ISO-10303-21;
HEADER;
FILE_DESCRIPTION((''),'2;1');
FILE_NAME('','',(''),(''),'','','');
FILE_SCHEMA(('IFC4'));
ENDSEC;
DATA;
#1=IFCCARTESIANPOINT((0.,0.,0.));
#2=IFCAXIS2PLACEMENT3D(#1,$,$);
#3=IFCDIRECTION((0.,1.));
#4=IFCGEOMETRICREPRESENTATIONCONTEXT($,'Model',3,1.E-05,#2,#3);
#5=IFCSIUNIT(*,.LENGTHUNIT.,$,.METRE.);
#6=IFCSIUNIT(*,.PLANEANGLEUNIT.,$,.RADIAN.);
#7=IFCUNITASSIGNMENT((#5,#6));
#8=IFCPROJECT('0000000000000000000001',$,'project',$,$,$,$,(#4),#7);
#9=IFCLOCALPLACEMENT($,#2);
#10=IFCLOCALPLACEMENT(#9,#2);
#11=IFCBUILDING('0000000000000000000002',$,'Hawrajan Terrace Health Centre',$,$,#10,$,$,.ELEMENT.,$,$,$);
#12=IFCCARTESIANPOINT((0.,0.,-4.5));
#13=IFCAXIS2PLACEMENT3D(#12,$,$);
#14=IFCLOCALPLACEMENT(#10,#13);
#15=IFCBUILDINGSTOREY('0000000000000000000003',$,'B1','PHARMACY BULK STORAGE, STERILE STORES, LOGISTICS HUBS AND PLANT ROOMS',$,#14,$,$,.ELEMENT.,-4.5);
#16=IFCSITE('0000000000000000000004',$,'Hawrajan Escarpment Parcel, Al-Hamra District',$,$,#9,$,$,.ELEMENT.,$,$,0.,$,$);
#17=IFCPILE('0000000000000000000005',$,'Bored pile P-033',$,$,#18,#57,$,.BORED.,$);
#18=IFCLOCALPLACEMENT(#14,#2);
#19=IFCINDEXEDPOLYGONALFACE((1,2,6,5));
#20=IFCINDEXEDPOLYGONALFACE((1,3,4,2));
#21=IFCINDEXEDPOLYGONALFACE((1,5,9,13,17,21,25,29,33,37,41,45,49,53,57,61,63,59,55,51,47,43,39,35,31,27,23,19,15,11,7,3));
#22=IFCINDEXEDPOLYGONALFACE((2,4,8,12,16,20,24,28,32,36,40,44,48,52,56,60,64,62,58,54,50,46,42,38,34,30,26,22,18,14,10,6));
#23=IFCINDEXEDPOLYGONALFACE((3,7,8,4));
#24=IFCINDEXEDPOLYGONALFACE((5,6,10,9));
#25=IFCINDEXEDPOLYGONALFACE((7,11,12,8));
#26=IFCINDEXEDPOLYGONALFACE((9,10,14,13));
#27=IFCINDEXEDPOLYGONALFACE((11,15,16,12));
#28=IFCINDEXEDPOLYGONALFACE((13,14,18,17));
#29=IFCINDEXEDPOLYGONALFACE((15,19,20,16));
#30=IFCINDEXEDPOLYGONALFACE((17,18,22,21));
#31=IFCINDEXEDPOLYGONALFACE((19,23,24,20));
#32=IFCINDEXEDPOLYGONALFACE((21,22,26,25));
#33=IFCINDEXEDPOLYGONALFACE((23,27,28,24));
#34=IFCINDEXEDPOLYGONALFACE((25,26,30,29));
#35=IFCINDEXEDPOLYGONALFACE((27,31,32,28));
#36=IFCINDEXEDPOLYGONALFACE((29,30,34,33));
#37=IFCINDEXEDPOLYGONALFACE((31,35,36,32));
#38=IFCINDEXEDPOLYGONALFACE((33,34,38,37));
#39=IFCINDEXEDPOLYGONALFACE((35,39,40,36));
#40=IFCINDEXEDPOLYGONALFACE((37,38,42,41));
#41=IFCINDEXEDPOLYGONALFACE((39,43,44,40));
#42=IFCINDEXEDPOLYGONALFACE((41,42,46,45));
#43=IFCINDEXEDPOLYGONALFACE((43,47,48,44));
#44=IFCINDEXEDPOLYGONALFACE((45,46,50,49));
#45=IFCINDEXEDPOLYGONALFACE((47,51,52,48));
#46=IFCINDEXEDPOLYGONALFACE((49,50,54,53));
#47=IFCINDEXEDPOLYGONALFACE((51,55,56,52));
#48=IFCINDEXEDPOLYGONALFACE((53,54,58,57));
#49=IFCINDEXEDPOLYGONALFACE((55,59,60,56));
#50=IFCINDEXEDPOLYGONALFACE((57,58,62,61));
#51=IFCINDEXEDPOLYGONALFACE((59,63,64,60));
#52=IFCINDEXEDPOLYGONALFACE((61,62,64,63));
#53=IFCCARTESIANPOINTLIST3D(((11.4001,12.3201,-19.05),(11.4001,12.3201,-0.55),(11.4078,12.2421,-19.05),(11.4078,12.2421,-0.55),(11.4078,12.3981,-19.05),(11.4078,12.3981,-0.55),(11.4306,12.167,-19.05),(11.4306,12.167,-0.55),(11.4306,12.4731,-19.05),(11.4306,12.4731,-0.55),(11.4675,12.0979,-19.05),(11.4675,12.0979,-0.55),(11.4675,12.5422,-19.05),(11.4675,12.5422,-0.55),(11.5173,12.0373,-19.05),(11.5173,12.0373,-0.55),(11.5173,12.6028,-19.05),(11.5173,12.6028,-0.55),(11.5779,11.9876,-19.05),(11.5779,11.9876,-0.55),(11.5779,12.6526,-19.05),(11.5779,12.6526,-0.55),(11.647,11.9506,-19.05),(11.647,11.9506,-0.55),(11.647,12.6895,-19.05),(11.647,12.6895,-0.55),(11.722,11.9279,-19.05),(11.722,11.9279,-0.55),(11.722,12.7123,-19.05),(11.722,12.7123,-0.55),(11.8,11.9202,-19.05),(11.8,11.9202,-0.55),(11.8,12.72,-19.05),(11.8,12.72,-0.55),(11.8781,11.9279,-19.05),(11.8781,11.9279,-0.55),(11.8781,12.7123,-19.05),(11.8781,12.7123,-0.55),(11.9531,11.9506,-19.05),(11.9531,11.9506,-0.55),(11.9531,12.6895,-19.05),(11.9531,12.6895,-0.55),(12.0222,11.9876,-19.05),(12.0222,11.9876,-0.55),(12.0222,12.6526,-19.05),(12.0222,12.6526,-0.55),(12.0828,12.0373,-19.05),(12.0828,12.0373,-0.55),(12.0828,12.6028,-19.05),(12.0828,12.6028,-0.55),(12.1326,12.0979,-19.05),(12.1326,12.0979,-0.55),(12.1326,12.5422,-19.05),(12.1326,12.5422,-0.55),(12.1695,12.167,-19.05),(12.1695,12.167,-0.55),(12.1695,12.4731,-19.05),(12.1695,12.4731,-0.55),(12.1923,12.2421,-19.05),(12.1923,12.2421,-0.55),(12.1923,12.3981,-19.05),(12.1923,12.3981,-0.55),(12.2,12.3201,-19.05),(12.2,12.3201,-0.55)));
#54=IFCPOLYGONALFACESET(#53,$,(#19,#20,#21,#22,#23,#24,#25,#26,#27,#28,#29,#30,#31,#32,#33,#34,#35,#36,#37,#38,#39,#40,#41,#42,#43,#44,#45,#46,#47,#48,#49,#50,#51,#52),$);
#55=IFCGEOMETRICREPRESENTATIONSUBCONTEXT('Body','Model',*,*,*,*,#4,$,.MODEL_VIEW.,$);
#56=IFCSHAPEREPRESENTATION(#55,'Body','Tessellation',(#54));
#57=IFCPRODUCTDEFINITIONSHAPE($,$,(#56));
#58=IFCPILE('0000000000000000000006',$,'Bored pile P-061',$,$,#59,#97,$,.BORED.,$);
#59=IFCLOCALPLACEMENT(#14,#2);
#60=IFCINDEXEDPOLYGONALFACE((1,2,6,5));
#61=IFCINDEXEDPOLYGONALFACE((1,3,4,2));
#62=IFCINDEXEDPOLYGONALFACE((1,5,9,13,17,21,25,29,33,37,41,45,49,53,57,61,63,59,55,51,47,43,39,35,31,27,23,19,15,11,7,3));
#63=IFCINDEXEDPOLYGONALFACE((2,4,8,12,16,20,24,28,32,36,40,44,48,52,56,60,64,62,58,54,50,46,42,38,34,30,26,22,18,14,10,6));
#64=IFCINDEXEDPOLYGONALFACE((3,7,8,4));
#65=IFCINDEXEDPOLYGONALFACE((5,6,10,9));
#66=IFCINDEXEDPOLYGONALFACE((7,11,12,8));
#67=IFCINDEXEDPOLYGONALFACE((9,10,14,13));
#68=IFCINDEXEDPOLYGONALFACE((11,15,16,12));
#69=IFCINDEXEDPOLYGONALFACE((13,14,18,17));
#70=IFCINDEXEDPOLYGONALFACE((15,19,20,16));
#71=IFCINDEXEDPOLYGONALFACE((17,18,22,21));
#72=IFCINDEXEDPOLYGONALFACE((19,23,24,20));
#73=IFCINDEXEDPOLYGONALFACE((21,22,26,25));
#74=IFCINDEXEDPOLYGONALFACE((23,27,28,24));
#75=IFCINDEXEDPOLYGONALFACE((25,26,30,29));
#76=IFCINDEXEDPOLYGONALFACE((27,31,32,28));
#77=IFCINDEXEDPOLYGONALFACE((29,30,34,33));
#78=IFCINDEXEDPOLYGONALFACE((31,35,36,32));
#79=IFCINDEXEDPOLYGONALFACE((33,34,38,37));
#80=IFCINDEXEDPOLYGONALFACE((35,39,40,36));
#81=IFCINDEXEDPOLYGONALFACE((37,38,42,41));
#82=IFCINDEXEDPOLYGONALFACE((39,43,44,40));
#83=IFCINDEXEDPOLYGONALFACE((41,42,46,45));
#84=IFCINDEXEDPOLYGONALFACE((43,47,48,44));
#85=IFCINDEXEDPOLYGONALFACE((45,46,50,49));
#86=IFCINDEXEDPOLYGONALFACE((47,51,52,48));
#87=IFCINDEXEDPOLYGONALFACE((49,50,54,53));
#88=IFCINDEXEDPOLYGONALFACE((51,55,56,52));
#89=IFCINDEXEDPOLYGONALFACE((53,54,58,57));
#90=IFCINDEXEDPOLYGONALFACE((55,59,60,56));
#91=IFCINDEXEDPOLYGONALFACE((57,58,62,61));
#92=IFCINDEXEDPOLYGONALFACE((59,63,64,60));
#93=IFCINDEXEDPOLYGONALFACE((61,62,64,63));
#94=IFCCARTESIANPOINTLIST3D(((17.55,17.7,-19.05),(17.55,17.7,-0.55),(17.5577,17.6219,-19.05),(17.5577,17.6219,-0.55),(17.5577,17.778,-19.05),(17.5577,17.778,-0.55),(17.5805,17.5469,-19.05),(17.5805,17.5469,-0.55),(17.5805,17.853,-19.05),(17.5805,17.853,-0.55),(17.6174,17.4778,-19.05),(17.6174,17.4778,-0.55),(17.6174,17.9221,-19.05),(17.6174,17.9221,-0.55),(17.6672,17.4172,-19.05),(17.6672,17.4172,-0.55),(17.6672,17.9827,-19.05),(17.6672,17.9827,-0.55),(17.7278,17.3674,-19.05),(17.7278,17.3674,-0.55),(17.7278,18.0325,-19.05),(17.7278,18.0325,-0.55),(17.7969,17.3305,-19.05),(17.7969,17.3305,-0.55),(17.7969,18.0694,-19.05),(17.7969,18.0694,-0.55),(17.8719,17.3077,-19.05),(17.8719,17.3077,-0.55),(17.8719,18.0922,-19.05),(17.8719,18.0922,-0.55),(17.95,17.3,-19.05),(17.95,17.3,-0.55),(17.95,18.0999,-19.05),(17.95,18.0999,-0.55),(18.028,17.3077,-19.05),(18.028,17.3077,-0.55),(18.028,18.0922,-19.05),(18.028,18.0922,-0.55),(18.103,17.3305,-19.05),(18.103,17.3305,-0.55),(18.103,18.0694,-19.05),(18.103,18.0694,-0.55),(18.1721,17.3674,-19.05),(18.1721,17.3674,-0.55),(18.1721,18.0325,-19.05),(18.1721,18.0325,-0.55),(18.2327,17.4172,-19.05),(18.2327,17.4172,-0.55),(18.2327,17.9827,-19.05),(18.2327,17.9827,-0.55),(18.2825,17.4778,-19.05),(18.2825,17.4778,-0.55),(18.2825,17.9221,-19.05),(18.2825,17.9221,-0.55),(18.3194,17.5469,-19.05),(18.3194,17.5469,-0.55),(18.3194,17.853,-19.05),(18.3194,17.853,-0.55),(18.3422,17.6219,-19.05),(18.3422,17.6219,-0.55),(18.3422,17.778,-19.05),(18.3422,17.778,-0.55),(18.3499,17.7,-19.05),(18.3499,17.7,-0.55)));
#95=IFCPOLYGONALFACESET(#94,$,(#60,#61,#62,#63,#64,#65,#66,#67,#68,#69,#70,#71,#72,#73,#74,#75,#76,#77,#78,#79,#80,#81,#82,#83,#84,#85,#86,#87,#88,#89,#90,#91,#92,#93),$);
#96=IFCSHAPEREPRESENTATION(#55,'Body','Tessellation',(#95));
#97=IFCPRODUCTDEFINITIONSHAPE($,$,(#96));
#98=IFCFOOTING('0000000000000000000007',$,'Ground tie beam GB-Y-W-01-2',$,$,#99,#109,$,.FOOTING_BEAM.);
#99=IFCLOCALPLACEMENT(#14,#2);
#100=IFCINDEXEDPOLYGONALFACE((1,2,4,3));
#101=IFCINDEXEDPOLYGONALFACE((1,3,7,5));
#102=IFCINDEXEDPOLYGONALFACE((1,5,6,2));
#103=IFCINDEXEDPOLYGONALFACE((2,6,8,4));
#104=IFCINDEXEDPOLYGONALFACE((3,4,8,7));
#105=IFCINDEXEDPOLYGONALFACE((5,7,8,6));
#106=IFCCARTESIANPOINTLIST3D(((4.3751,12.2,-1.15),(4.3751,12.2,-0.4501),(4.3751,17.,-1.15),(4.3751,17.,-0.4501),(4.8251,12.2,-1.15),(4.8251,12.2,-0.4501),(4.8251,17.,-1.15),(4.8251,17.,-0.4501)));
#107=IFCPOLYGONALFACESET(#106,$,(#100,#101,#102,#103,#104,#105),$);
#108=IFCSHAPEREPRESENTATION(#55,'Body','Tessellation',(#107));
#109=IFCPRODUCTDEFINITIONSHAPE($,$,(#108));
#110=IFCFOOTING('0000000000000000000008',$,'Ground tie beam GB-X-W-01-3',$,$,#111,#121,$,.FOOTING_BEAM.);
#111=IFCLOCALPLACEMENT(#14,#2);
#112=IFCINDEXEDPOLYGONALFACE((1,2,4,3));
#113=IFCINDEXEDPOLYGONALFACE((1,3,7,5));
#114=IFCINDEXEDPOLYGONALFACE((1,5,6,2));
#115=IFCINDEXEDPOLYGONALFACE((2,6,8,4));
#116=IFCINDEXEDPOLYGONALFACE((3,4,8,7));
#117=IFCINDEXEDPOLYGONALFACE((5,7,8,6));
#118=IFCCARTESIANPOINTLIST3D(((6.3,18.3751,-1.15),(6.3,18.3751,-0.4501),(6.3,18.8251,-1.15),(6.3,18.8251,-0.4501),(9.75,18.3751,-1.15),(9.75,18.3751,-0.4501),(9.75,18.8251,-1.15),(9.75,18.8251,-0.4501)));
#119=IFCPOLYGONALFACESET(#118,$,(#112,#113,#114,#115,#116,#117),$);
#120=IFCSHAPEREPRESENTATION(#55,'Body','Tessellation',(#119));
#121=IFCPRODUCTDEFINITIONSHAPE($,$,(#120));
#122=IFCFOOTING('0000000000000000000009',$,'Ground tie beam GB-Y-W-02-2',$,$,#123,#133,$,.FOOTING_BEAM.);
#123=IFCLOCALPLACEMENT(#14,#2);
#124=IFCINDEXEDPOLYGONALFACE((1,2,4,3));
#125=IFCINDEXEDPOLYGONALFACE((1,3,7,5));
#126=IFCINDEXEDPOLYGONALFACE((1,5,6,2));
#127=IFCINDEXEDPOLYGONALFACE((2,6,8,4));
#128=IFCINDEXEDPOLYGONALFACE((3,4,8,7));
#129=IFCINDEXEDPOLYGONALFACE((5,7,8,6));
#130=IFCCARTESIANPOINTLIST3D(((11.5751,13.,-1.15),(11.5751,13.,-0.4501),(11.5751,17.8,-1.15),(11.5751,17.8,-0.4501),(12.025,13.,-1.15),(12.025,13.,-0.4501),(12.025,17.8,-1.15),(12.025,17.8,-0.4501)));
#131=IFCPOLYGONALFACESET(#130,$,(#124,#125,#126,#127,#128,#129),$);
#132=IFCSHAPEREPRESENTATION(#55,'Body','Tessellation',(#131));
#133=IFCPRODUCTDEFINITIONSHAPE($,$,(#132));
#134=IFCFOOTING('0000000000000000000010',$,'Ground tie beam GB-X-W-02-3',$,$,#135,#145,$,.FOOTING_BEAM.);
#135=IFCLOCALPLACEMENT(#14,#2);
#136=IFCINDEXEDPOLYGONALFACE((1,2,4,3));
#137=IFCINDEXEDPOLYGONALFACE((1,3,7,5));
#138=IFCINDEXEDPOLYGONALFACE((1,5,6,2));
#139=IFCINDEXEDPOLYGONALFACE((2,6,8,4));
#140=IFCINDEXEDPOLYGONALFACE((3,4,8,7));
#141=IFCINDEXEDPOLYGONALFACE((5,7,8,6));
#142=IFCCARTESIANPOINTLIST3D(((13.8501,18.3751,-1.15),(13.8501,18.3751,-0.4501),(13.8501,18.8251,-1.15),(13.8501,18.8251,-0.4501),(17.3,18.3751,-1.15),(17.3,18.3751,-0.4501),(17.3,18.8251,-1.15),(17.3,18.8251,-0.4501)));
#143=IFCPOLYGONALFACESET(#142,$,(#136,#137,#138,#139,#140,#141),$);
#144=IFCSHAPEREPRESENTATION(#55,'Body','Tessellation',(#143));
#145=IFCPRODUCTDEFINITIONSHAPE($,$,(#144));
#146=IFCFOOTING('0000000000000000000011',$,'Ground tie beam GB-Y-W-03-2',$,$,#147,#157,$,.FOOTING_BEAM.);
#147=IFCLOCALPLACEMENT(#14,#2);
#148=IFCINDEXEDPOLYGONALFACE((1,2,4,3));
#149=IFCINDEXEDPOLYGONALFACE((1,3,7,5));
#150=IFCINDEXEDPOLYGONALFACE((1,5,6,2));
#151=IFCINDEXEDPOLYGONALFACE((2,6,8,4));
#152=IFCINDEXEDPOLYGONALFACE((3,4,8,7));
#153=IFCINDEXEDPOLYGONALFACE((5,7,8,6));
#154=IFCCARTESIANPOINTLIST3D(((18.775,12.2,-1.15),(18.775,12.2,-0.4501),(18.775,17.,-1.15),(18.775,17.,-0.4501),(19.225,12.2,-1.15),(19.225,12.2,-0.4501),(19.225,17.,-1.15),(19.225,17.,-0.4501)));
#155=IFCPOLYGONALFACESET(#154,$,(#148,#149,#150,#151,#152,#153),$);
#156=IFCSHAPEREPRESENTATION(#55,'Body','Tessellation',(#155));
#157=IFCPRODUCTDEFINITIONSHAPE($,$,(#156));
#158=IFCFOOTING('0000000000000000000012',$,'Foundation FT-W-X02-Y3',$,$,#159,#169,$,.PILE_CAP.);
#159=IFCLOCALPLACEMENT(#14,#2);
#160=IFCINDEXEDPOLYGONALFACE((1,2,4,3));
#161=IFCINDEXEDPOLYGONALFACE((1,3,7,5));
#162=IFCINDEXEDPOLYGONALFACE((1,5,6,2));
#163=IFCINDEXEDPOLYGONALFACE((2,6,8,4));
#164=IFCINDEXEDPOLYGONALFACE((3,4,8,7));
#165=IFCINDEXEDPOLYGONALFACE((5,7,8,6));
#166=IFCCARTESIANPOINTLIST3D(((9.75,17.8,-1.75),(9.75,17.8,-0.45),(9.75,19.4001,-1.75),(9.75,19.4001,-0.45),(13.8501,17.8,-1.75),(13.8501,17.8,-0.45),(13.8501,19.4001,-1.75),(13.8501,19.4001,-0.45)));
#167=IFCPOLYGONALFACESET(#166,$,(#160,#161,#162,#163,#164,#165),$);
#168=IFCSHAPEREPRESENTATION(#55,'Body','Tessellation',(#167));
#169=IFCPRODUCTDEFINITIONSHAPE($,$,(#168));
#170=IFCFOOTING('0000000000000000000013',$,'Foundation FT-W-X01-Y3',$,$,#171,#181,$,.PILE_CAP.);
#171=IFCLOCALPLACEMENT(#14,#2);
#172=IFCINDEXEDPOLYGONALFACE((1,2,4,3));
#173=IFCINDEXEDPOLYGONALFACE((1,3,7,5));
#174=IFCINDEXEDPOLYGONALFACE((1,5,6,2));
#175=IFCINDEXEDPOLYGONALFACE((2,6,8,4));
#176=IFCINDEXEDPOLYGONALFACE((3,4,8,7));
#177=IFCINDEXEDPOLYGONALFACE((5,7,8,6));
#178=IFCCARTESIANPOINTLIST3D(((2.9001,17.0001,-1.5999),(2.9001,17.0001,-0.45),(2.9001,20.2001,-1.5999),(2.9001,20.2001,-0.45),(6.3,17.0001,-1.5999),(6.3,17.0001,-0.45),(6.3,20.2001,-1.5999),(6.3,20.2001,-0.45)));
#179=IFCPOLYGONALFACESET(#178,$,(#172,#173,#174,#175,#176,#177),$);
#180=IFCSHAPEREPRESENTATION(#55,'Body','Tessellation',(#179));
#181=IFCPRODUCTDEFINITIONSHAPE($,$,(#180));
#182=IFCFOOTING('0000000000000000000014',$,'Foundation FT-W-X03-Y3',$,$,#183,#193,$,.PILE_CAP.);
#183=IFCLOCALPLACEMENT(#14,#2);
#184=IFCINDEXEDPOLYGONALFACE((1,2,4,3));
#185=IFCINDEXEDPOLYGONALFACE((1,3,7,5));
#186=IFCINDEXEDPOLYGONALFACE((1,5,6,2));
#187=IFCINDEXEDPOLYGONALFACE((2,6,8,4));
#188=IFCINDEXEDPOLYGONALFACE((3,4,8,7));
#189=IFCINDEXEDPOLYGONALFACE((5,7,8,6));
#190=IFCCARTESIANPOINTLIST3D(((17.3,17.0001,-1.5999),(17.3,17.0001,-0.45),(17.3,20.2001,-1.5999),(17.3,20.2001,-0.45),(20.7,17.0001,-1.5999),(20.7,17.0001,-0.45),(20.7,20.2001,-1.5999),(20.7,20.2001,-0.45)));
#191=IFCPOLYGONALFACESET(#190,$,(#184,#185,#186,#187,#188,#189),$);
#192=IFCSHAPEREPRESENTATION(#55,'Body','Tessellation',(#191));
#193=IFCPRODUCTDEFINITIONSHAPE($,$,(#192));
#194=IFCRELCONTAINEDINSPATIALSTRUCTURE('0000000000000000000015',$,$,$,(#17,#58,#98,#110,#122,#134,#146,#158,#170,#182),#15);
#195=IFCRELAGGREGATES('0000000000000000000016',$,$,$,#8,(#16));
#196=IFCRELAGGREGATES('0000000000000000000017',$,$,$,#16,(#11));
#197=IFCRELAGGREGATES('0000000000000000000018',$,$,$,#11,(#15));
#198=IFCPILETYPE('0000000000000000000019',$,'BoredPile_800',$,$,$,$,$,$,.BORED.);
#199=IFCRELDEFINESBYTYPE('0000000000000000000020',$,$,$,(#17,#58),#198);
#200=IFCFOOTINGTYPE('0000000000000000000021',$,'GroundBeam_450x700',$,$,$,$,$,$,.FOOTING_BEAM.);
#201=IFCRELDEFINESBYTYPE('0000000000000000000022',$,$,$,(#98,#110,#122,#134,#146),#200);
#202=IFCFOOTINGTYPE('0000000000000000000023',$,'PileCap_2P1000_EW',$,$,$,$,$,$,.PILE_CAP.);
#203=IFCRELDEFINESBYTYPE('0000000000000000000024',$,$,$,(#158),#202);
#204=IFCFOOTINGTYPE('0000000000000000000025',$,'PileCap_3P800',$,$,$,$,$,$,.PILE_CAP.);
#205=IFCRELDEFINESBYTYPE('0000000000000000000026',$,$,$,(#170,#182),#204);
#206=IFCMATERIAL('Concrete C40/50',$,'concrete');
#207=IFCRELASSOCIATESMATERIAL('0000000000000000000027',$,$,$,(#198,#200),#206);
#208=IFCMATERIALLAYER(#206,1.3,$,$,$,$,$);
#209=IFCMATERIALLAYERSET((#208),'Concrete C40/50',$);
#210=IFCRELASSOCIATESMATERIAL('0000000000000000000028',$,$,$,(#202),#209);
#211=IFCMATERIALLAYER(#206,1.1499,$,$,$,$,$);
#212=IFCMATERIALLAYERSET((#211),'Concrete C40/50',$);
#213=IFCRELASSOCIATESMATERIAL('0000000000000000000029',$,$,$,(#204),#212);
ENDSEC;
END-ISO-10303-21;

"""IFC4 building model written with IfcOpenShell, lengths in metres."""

from ifc_helpers import new_model, si_unit, direction, frame, origin, origin_2d, place, context, subcontext, project, spatial, rectangle, circle, extrude, material, layer, layer_set, material_profile, profile_set, type_object, element, save


model = new_model("IFC4")

# Units and contexts
model_context = context("Model", 3, precision=1e-05, world=origin(), true_north=direction((0.0, 1.0)))
body_context = subcontext(model_context, "Body", "Model", "MODEL_VIEW")
ifc_project = project(units=[si_unit("LENGTHUNIT", "METRE"), si_unit("PLANEANGLEUNIT", "RADIAN")], contexts=[model_context])

# Site, building, storey
site_placement = place(None, origin())
site = spatial("IfcSite", under=ifc_project, at=site_placement, Name="Hawrajan Escarpment Parcel, Al-Hamra District", CompositionType="ELEMENT", RefElevation=0.0)
building_placement = place(site_placement, origin())
building = spatial("IfcBuilding", under=site, at=building_placement, Name="Hawrajan Terrace Health Centre", CompositionType="ELEMENT")
storey_placement = place(building_placement, frame((0.0, 0.0, -4.5)))
storey = spatial("IfcBuildingStorey", under=building, at=storey_placement, Name="B1", Description="PHARMACY BULK STORAGE, STERILE STORES, LOGISTICS HUBS AND PLANT ROOMS", CompositionType="ELEMENT", Elevation=-4.5)

# Piles
ifc_material_1 = material(Name="Concrete C40/50", Category="concrete")
ifc_material_profile_1 = material_profile(ifc_material_1, circle(Radius=0.3999, at=origin_2d()), Name="BP 800")
ifc_profile_set_1 = profile_set([ifc_material_profile_1], Name="Concrete C40/50")
pile_type_1 = type_object("IfcPileType", Name="BoredPile_800", PredefinedType="BORED", material=ifc_profile_set_1)
for number, where, z_axis, x_axis, name in (
    (1, (11.8, 12.3201, -0.55), (0.0, 0.0, -1.0), (1.0, 0.0, 0.0), "Bored pile P-033"),
    (2, (17.95, 17.7, -0.55), (0.0, 0.0, -1.0), (1.0, 0.0, 0.0), "Bored pile P-061"),
):
    element("IfcPile", number, at=place(storey_placement, frame(where, z_axis=z_axis, x_axis=x_axis)), inside=storey, type_object=pile_type_1, Name=name, PredefinedType="BORED", context=body_context, shape_type="SweptSolid", body=[
        extrude(circle(Radius=0.3999, at=origin_2d()), origin(), (0.0, 0.0, 1.0), 18.5),
    ])

# Footings
ifc_material_profile_2 = material_profile(ifc_material_1, rectangle(XDim=0.45, YDim=0.7, at=origin_2d()), Name="RC BM 450x700")
ifc_profile_set_2 = profile_set([ifc_material_profile_2], Name="Concrete C40/50")
footing_type_1 = type_object("IfcFootingType", Name="GroundBeam_450x700", PredefinedType="FOOTING_BEAM", material=ifc_profile_set_2)
footing_1_placement = place(storey_placement, frame((4.6001, 12.2, -0.8), z_axis=(0.0, 1.0, 0.0), x_axis=(-1.0, 0.0, 0.0)))
element("IfcFooting", 3, at=footing_1_placement, inside=storey, type_object=footing_type_1, Name="Ground tie beam GB-Y-W-01-2", PredefinedType="FOOTING_BEAM", context=body_context, shape_type="SweptSolid", body=[
    extrude(rectangle(XDim=0.45, YDim=0.7, at=origin_2d()), origin(), (0.0, 0.0, 1.0), 4.8),
])
footing_2_placement = place(storey_placement, frame((6.3, 18.6001, -0.8), z_axis=(1.0, 0.0, 0.0), x_axis=(0.0, 1.0, 0.0)))
element("IfcFooting", 4, at=footing_2_placement, inside=storey, type_object=footing_type_1, Name="Ground tie beam GB-X-W-01-3", PredefinedType="FOOTING_BEAM", context=body_context, shape_type="SweptSolid", body=[
    extrude(rectangle(XDim=0.45, YDim=0.7, at=origin_2d()), origin(), (0.0, 0.0, 1.0), 3.45),
])
footing_3_placement = place(storey_placement, frame((11.8, 13.0, -0.8), z_axis=(0.0, 1.0, 0.0), x_axis=(-1.0, 0.0, 0.0)))
element("IfcFooting", 5, at=footing_3_placement, inside=storey, type_object=footing_type_1, Name="Ground tie beam GB-Y-W-02-2", PredefinedType="FOOTING_BEAM", context=body_context, shape_type="SweptSolid", body=[
    extrude(rectangle(XDim=0.45, YDim=0.7, at=origin_2d()), origin(), (0.0, 0.0, 1.0), 4.8),
])
footing_4_placement = place(storey_placement, frame((13.8501, 18.6001, -0.8), z_axis=(1.0, 0.0, 0.0), x_axis=(0.0, 1.0, 0.0)))
element("IfcFooting", 6, at=footing_4_placement, inside=storey, type_object=footing_type_1, Name="Ground tie beam GB-X-W-02-3", PredefinedType="FOOTING_BEAM", context=body_context, shape_type="SweptSolid", body=[
    extrude(rectangle(XDim=0.45, YDim=0.7, at=origin_2d()), origin(), (0.0, 0.0, 1.0), 3.45),
])
footing_5_placement = place(storey_placement, frame((19.0, 12.2, -0.8), z_axis=(0.0, 1.0, 0.0), x_axis=(-1.0, 0.0, 0.0)))
element("IfcFooting", 7, at=footing_5_placement, inside=storey, type_object=footing_type_1, Name="Ground tie beam GB-Y-W-03-2", PredefinedType="FOOTING_BEAM", context=body_context, shape_type="SweptSolid", body=[
    extrude(rectangle(XDim=0.45, YDim=0.7, at=origin_2d()), origin(), (0.0, 0.0, 1.0), 4.8),
])
ifc_layer_1 = layer(ifc_material_1, 1.3)
ifc_layer_set_1 = layer_set([ifc_layer_1], Name="Concrete C40/50")
footing_type_2 = type_object("IfcFootingType", Name="PileCap_2P1000_EW", PredefinedType="PILE_CAP", material=ifc_layer_set_1)
footing_6_placement = place(storey_placement, frame((11.8, 18.6001, -1.75), z_axis=(0.0, 0.0, 1.0), x_axis=(1.0, 0.0, 0.0)))
element("IfcFooting", 8, at=footing_6_placement, inside=storey, type_object=footing_type_2, Name="Foundation FT-W-X02-Y3", PredefinedType="PILE_CAP", context=body_context, shape_type="SweptSolid", body=[
    extrude(rectangle(XDim=4.1001, YDim=1.6001, at=origin_2d()), origin(), (0.0, 0.0, 1.0), 1.3),
])
ifc_layer_2 = layer(ifc_material_1, 1.1499)
ifc_layer_set_2 = layer_set([ifc_layer_2], Name="Concrete C40/50")
footing_type_3 = type_object("IfcFootingType", Name="PileCap_3P800", PredefinedType="PILE_CAP", material=ifc_layer_set_2)
for number, where, z_axis, x_axis, name in (
    (9, (4.6001, 18.6001, -1.5999), (0.0, 0.0, 1.0), (1.0, 0.0, 0.0), "Foundation FT-W-X01-Y3"),
    (10, (19.0, 18.6001, -1.5999), (0.0, 0.0, 1.0), (1.0, 0.0, 0.0), "Foundation FT-W-X03-Y3"),
):
    element("IfcFooting", number, at=place(storey_placement, frame(where, z_axis=z_axis, x_axis=x_axis)), inside=storey, type_object=footing_type_3, Name=name, PredefinedType="PILE_CAP", context=body_context, shape_type="SweptSolid", body=[
        extrude(rectangle(XDim=3.3999, YDim=3.2, at=origin_2d()), origin(), (0.0, 0.0, 1.0), 1.1499),
    ])

save(model, "model.ifc")
